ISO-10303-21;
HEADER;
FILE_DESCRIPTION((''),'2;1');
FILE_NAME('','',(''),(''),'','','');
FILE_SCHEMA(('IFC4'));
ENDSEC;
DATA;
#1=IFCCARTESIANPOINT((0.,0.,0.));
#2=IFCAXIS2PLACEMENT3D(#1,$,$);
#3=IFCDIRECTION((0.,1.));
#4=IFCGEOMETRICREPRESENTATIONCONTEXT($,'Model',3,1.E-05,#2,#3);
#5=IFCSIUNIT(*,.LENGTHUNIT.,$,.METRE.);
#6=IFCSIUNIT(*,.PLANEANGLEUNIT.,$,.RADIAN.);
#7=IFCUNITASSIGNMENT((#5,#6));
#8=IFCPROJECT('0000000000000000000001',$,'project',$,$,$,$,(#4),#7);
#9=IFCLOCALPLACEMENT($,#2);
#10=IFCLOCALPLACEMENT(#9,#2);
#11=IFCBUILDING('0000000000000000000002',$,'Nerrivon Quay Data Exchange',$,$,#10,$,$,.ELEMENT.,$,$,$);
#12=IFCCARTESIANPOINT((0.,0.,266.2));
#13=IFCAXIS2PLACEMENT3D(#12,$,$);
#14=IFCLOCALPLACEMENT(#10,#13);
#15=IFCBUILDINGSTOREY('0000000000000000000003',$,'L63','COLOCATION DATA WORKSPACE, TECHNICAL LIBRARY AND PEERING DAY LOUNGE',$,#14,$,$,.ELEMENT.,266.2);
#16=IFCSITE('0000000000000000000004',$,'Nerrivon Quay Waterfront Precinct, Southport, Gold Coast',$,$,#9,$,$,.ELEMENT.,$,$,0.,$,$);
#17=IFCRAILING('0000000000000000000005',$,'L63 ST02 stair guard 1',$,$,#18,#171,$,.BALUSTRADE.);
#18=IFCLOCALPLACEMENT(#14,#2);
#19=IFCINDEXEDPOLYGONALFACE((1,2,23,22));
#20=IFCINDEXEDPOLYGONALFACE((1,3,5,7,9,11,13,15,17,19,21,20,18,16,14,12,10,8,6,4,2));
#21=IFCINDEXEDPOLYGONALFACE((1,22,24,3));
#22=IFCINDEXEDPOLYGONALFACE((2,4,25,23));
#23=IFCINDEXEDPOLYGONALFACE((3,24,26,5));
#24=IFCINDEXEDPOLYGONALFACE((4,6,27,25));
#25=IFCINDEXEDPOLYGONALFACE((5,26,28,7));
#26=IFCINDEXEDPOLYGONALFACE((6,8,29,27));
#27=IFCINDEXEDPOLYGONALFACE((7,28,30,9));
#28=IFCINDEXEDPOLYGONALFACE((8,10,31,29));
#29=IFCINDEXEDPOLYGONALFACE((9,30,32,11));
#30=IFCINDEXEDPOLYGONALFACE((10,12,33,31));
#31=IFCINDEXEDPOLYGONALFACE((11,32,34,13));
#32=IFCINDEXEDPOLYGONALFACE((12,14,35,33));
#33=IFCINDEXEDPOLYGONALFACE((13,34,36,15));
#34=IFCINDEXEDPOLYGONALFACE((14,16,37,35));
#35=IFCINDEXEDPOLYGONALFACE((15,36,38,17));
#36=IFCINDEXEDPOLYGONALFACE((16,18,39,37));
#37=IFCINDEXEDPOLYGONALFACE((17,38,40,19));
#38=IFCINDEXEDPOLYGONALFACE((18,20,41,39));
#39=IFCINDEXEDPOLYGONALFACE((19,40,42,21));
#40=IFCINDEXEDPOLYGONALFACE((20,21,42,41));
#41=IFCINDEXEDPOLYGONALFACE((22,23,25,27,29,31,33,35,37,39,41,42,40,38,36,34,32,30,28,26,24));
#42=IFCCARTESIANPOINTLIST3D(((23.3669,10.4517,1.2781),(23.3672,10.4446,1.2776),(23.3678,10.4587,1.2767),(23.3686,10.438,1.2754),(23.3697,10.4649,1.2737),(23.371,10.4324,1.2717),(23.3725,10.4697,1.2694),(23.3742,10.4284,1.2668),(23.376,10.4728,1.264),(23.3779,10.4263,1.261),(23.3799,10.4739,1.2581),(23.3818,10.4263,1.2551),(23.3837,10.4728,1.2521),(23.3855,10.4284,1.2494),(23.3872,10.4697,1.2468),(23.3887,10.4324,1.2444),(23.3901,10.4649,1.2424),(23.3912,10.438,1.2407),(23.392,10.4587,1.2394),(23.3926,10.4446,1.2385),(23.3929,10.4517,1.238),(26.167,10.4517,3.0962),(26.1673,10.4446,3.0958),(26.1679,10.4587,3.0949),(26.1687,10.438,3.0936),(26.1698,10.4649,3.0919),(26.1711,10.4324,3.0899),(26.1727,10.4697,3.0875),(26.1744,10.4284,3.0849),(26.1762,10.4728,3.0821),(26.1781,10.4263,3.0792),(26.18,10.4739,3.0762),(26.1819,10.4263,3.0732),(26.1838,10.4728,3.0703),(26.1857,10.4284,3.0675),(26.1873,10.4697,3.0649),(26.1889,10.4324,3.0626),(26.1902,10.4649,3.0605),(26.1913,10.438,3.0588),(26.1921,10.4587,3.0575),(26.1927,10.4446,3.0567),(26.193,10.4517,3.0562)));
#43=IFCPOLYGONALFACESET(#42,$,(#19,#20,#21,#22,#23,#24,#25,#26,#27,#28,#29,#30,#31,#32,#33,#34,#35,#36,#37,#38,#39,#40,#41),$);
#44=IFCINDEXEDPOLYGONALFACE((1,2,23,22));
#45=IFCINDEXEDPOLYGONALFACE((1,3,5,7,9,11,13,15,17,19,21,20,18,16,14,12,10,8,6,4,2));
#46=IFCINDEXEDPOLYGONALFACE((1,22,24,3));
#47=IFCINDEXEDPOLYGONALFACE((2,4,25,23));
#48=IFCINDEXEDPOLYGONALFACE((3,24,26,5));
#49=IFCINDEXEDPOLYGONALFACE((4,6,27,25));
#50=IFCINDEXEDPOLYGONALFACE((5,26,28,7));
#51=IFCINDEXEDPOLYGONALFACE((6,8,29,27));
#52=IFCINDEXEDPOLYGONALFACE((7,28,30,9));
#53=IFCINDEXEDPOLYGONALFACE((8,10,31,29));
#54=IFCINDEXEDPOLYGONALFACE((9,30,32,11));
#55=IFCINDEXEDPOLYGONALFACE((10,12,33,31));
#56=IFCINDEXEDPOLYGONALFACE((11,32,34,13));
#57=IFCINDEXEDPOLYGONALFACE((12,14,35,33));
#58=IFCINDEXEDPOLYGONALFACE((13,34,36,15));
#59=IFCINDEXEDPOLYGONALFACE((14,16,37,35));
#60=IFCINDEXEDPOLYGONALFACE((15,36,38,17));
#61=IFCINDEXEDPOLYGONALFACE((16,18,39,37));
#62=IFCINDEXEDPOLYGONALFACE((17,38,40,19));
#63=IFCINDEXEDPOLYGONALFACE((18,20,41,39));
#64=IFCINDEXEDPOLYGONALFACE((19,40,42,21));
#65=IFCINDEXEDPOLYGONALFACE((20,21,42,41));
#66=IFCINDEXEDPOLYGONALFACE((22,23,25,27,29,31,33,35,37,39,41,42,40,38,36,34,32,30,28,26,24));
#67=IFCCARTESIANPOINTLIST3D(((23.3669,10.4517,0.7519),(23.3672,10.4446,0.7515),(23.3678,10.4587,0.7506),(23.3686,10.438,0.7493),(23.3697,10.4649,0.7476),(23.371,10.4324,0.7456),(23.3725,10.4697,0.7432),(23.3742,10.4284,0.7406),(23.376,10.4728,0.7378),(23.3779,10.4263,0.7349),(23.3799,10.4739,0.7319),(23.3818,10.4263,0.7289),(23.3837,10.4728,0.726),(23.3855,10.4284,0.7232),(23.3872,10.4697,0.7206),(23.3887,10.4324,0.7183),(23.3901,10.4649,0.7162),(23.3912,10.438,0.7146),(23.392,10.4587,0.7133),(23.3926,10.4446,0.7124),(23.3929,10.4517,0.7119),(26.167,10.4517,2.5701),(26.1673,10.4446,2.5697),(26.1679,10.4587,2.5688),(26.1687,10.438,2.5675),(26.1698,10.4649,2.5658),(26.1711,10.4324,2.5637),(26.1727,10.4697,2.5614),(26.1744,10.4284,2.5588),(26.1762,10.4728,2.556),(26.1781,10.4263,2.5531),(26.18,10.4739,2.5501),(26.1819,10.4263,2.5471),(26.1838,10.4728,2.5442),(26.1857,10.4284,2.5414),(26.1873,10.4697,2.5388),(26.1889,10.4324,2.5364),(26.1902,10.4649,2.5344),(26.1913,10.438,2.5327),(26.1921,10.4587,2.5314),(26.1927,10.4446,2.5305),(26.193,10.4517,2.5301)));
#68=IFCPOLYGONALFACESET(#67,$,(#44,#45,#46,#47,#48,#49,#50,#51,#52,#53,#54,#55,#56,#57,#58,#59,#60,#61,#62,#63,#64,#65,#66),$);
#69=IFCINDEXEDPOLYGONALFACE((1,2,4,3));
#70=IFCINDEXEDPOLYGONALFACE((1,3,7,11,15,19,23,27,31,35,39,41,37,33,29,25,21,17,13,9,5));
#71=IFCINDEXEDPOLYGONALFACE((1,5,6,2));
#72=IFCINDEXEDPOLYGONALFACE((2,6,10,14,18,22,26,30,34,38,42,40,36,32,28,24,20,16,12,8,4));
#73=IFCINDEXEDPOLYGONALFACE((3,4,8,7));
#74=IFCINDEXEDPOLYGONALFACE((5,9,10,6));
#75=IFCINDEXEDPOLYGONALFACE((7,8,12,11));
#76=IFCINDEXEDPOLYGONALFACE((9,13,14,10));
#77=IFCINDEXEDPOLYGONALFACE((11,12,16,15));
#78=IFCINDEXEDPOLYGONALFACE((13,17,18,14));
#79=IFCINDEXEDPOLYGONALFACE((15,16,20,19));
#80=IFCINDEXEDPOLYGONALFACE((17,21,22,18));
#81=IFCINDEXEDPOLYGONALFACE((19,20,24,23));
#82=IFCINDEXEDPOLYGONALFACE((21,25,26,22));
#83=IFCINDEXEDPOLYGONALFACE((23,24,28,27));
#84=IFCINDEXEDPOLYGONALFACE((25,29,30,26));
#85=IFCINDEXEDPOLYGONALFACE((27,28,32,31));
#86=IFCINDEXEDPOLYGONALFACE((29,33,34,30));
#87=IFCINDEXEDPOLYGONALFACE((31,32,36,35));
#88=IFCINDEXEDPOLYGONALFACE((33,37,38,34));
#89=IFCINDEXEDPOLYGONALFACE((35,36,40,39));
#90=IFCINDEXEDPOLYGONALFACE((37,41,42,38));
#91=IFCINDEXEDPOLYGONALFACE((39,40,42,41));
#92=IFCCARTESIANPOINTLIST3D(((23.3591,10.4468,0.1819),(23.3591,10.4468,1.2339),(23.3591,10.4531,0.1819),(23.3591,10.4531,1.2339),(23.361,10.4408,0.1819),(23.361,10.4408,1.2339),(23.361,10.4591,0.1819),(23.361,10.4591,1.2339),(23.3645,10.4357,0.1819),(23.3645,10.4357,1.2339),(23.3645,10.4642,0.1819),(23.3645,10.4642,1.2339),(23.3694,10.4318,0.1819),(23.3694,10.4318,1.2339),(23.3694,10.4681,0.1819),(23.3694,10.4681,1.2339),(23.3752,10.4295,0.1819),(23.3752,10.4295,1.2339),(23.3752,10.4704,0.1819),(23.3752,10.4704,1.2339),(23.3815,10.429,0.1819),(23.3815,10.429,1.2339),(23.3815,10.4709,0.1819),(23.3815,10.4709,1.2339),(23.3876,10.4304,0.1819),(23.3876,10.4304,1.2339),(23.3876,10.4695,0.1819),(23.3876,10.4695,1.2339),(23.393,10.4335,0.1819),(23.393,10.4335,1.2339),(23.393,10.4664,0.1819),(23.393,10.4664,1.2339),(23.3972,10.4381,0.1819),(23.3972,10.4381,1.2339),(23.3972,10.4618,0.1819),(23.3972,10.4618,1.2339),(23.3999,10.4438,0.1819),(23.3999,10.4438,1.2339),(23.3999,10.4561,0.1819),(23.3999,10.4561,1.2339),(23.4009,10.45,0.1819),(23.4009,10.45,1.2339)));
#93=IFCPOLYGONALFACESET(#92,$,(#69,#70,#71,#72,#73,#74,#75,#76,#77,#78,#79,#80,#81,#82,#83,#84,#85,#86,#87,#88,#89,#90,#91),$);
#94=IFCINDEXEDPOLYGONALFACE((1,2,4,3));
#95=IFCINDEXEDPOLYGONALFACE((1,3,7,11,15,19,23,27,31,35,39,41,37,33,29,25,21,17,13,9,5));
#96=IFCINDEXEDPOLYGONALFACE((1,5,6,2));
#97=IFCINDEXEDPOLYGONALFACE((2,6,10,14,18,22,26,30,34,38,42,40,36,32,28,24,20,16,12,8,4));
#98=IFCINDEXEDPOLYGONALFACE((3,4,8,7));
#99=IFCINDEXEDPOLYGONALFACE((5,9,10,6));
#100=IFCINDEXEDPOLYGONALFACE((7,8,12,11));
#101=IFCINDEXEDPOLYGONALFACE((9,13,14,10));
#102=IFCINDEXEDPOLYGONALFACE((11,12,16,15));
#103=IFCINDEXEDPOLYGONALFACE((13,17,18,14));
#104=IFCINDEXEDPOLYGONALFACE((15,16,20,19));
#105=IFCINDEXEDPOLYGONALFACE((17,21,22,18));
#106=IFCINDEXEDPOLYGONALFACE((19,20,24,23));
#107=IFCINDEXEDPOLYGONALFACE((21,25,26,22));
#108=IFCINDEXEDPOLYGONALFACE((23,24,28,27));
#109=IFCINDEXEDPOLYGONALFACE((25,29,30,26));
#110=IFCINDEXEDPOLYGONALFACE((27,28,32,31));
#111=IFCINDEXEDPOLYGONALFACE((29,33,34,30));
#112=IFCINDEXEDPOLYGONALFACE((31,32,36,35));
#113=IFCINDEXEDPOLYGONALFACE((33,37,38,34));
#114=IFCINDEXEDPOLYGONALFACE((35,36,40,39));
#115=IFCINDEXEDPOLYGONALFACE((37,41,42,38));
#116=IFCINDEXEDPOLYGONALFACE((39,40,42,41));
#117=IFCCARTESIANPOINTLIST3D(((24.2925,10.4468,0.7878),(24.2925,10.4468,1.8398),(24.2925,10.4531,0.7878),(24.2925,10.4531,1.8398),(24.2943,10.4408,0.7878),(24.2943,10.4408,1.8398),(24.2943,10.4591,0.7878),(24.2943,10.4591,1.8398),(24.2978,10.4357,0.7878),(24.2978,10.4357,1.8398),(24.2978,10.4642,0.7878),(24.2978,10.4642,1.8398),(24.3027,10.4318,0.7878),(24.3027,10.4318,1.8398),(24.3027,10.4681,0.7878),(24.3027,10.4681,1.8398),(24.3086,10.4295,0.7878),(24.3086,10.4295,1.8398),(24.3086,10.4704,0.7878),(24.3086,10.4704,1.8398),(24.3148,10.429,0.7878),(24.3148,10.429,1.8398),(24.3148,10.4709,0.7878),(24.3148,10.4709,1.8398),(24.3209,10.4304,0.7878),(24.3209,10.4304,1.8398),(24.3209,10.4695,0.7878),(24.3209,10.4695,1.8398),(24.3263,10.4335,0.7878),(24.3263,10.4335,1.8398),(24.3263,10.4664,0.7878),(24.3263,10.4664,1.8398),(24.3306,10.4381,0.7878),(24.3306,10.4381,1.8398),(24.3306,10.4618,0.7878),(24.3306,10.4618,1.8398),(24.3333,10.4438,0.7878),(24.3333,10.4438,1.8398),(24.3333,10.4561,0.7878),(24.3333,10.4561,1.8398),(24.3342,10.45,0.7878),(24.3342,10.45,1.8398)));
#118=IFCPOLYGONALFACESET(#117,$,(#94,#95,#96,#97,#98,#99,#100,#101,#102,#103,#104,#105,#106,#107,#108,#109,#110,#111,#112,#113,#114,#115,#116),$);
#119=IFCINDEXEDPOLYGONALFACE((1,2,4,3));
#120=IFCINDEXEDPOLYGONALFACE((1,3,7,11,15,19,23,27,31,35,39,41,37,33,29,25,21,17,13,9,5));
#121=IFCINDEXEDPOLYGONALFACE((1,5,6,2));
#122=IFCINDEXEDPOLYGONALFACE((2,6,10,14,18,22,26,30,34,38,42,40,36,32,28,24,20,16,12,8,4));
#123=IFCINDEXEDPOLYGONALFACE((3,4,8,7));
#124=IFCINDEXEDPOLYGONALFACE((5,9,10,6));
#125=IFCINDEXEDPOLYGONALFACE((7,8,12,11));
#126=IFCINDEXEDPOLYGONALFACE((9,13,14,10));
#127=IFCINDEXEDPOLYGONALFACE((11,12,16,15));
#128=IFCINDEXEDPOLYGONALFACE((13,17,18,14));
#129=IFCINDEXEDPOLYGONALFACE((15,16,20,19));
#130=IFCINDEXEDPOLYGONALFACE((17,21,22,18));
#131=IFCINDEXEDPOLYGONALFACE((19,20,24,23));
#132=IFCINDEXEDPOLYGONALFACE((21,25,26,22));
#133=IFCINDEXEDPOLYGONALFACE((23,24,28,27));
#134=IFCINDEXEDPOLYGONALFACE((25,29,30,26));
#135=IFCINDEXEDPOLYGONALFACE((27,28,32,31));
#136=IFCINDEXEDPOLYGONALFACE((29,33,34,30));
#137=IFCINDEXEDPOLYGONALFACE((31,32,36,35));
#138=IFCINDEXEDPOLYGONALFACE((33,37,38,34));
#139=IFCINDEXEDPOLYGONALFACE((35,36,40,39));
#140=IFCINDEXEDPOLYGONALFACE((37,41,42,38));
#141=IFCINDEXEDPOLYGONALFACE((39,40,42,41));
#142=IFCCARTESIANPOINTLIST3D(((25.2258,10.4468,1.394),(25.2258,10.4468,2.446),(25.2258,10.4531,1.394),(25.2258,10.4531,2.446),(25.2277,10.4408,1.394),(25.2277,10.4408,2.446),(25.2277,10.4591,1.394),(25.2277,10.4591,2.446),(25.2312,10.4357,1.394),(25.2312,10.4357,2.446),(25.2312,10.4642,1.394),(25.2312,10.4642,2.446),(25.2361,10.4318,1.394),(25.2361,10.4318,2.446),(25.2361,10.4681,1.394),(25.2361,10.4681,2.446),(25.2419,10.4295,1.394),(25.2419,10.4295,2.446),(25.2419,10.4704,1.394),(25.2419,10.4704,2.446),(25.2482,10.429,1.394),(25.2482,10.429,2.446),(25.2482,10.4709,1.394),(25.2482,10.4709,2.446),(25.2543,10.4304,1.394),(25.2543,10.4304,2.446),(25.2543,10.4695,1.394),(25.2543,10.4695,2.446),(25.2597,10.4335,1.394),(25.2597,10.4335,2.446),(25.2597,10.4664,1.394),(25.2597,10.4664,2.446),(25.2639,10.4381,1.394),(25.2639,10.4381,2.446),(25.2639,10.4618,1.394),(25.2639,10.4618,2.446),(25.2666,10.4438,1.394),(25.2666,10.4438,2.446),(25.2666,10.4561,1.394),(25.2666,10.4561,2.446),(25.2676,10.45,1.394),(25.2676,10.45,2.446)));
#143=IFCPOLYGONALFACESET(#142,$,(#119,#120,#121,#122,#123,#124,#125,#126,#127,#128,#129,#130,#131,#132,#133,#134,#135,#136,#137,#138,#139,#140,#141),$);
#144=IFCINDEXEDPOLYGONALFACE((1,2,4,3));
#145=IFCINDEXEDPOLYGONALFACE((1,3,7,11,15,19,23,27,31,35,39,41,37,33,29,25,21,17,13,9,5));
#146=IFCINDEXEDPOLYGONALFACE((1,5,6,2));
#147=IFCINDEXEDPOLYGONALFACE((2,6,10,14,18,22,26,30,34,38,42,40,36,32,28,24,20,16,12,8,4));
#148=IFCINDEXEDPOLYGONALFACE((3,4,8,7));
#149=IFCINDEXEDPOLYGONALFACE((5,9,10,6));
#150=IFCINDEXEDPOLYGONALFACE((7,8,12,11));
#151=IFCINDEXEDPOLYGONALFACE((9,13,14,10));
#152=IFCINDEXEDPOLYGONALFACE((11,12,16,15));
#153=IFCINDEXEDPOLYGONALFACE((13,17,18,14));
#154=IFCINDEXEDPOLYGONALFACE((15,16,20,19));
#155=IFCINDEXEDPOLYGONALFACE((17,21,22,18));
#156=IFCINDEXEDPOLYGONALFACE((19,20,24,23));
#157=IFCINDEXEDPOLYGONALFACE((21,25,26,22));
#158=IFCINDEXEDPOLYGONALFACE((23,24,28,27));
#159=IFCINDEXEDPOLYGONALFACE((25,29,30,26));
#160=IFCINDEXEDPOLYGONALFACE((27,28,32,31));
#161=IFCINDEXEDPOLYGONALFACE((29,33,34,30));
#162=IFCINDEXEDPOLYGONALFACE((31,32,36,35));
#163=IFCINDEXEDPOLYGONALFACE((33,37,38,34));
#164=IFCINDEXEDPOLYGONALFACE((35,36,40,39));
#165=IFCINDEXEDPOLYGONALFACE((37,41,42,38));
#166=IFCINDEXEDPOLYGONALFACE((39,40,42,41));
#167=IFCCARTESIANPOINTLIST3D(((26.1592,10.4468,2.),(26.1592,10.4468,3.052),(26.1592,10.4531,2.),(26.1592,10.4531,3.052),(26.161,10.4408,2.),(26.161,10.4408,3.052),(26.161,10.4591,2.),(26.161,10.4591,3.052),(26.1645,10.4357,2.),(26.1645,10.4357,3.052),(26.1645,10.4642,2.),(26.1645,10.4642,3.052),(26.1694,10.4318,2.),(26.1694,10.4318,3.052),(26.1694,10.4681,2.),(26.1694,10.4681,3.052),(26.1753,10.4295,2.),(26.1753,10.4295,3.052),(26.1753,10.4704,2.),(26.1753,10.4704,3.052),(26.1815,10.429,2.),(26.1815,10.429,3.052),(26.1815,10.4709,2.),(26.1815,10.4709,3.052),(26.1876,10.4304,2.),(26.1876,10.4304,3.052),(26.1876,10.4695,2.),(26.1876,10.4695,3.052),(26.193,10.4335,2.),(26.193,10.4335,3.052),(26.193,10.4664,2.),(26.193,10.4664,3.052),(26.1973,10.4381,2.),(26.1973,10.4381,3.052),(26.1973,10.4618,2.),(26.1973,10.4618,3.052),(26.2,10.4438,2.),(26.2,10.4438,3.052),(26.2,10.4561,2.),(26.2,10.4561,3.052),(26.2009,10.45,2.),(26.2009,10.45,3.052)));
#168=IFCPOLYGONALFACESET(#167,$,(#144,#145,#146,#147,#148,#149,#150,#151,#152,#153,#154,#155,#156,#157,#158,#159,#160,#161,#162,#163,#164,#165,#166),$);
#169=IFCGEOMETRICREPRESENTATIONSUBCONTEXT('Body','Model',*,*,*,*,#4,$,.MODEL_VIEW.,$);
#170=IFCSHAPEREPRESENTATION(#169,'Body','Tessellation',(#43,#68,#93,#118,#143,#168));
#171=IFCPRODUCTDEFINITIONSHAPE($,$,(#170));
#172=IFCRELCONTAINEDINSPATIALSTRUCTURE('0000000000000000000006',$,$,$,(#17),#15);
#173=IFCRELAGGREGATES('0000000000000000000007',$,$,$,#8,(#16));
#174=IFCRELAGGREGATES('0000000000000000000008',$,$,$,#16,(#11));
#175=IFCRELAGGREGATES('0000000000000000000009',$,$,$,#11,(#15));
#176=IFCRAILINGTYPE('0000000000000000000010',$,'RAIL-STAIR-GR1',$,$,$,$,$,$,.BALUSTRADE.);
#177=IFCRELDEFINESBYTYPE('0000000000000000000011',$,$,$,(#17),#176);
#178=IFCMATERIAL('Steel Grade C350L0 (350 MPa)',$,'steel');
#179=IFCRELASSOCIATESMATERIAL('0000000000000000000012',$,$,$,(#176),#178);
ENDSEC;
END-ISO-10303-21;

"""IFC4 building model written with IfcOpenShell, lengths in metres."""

from ifc_helpers import new_model, si_unit, direction, frame, origin, origin_2d, place, context, subcontext, project, spatial, circle, extrude, material, type_object, element, save


model = new_model("IFC4")

# Units and contexts
model_context = context("Model", 3, precision=1e-05, world=origin(), true_north=direction((0.0, 1.0)))
body_context = subcontext(model_context, "Body", "Model", "MODEL_VIEW")
ifc_project = project(units=[si_unit("LENGTHUNIT", "METRE"), si_unit("PLANEANGLEUNIT", "RADIAN")], contexts=[model_context])

# Site, building, storey
site_placement = place(None, origin())
site = spatial("IfcSite", under=ifc_project, at=site_placement, Name="Nerrivon Quay Waterfront Precinct, Southport, Gold Coast", CompositionType="ELEMENT", RefElevation=0.0)
building_placement = place(site_placement, origin())
building = spatial("IfcBuilding", under=site, at=building_placement, Name="Nerrivon Quay Data Exchange", CompositionType="ELEMENT")
storey_placement = place(building_placement, frame((0.0, 0.0, 266.2)))
storey = spatial("IfcBuildingStorey", under=building, at=storey_placement, Name="L63", Description="COLOCATION DATA WORKSPACE, TECHNICAL LIBRARY AND PEERING DAY LOUNGE", CompositionType="ELEMENT", Elevation=266.2)

# Railing
ifc_material_1 = material(Name="Steel Grade C350L0 (350 MPa)", Category="steel")
railing_type_1 = type_object("IfcRailingType", Name="RAIL-STAIR-GR1", PredefinedType="BALUSTRADE", material=ifc_material_1)
railing_1_placement = place(storey_placement, frame((23.3799, 10.45, 0.1819)))
element("IfcRailing", 1, at=railing_1_placement, inside=storey, type_object=railing_type_1, Name="L63 ST02 stair guard 1", PredefinedType="BALUSTRADE", context=body_context, shape_type="SweptSolid", body=[
    extrude(circle(Radius=0.0239, at=origin_2d()), frame((0.0, 0.0, 1.0762), z_axis=(0.838706, 0.0, 0.544585), x_axis=(0.0, 1.0, 0.0)), (0.0, 0.0, 1.0), 3.3386),
    extrude(circle(Radius=0.0239, at=origin_2d()), frame((0.0, 0.0, 0.55), z_axis=(0.838706, 0.0, 0.544585), x_axis=(0.0, 1.0, 0.0)), (0.0, 0.0, 1.0), 3.3386),
    extrude(circle(Radius=0.021, at=origin_2d()), origin(), (0.0, 0.0, 1.0), 1.052),
    extrude(circle(Radius=0.021, at=origin_2d()), frame((0.9333, 0.0, 0.606)), (0.0, 0.0, 1.0), 1.052),
    extrude(circle(Radius=0.021, at=origin_2d()), frame((1.8667, 0.0, 1.2122)), (0.0, 0.0, 1.0), 1.052),
    extrude(circle(Radius=0.021, at=origin_2d()), frame((2.8, 0.0, 1.8181)), (0.0, 0.0, 1.0), 1.052),
])

save(model, "model.ifc")
